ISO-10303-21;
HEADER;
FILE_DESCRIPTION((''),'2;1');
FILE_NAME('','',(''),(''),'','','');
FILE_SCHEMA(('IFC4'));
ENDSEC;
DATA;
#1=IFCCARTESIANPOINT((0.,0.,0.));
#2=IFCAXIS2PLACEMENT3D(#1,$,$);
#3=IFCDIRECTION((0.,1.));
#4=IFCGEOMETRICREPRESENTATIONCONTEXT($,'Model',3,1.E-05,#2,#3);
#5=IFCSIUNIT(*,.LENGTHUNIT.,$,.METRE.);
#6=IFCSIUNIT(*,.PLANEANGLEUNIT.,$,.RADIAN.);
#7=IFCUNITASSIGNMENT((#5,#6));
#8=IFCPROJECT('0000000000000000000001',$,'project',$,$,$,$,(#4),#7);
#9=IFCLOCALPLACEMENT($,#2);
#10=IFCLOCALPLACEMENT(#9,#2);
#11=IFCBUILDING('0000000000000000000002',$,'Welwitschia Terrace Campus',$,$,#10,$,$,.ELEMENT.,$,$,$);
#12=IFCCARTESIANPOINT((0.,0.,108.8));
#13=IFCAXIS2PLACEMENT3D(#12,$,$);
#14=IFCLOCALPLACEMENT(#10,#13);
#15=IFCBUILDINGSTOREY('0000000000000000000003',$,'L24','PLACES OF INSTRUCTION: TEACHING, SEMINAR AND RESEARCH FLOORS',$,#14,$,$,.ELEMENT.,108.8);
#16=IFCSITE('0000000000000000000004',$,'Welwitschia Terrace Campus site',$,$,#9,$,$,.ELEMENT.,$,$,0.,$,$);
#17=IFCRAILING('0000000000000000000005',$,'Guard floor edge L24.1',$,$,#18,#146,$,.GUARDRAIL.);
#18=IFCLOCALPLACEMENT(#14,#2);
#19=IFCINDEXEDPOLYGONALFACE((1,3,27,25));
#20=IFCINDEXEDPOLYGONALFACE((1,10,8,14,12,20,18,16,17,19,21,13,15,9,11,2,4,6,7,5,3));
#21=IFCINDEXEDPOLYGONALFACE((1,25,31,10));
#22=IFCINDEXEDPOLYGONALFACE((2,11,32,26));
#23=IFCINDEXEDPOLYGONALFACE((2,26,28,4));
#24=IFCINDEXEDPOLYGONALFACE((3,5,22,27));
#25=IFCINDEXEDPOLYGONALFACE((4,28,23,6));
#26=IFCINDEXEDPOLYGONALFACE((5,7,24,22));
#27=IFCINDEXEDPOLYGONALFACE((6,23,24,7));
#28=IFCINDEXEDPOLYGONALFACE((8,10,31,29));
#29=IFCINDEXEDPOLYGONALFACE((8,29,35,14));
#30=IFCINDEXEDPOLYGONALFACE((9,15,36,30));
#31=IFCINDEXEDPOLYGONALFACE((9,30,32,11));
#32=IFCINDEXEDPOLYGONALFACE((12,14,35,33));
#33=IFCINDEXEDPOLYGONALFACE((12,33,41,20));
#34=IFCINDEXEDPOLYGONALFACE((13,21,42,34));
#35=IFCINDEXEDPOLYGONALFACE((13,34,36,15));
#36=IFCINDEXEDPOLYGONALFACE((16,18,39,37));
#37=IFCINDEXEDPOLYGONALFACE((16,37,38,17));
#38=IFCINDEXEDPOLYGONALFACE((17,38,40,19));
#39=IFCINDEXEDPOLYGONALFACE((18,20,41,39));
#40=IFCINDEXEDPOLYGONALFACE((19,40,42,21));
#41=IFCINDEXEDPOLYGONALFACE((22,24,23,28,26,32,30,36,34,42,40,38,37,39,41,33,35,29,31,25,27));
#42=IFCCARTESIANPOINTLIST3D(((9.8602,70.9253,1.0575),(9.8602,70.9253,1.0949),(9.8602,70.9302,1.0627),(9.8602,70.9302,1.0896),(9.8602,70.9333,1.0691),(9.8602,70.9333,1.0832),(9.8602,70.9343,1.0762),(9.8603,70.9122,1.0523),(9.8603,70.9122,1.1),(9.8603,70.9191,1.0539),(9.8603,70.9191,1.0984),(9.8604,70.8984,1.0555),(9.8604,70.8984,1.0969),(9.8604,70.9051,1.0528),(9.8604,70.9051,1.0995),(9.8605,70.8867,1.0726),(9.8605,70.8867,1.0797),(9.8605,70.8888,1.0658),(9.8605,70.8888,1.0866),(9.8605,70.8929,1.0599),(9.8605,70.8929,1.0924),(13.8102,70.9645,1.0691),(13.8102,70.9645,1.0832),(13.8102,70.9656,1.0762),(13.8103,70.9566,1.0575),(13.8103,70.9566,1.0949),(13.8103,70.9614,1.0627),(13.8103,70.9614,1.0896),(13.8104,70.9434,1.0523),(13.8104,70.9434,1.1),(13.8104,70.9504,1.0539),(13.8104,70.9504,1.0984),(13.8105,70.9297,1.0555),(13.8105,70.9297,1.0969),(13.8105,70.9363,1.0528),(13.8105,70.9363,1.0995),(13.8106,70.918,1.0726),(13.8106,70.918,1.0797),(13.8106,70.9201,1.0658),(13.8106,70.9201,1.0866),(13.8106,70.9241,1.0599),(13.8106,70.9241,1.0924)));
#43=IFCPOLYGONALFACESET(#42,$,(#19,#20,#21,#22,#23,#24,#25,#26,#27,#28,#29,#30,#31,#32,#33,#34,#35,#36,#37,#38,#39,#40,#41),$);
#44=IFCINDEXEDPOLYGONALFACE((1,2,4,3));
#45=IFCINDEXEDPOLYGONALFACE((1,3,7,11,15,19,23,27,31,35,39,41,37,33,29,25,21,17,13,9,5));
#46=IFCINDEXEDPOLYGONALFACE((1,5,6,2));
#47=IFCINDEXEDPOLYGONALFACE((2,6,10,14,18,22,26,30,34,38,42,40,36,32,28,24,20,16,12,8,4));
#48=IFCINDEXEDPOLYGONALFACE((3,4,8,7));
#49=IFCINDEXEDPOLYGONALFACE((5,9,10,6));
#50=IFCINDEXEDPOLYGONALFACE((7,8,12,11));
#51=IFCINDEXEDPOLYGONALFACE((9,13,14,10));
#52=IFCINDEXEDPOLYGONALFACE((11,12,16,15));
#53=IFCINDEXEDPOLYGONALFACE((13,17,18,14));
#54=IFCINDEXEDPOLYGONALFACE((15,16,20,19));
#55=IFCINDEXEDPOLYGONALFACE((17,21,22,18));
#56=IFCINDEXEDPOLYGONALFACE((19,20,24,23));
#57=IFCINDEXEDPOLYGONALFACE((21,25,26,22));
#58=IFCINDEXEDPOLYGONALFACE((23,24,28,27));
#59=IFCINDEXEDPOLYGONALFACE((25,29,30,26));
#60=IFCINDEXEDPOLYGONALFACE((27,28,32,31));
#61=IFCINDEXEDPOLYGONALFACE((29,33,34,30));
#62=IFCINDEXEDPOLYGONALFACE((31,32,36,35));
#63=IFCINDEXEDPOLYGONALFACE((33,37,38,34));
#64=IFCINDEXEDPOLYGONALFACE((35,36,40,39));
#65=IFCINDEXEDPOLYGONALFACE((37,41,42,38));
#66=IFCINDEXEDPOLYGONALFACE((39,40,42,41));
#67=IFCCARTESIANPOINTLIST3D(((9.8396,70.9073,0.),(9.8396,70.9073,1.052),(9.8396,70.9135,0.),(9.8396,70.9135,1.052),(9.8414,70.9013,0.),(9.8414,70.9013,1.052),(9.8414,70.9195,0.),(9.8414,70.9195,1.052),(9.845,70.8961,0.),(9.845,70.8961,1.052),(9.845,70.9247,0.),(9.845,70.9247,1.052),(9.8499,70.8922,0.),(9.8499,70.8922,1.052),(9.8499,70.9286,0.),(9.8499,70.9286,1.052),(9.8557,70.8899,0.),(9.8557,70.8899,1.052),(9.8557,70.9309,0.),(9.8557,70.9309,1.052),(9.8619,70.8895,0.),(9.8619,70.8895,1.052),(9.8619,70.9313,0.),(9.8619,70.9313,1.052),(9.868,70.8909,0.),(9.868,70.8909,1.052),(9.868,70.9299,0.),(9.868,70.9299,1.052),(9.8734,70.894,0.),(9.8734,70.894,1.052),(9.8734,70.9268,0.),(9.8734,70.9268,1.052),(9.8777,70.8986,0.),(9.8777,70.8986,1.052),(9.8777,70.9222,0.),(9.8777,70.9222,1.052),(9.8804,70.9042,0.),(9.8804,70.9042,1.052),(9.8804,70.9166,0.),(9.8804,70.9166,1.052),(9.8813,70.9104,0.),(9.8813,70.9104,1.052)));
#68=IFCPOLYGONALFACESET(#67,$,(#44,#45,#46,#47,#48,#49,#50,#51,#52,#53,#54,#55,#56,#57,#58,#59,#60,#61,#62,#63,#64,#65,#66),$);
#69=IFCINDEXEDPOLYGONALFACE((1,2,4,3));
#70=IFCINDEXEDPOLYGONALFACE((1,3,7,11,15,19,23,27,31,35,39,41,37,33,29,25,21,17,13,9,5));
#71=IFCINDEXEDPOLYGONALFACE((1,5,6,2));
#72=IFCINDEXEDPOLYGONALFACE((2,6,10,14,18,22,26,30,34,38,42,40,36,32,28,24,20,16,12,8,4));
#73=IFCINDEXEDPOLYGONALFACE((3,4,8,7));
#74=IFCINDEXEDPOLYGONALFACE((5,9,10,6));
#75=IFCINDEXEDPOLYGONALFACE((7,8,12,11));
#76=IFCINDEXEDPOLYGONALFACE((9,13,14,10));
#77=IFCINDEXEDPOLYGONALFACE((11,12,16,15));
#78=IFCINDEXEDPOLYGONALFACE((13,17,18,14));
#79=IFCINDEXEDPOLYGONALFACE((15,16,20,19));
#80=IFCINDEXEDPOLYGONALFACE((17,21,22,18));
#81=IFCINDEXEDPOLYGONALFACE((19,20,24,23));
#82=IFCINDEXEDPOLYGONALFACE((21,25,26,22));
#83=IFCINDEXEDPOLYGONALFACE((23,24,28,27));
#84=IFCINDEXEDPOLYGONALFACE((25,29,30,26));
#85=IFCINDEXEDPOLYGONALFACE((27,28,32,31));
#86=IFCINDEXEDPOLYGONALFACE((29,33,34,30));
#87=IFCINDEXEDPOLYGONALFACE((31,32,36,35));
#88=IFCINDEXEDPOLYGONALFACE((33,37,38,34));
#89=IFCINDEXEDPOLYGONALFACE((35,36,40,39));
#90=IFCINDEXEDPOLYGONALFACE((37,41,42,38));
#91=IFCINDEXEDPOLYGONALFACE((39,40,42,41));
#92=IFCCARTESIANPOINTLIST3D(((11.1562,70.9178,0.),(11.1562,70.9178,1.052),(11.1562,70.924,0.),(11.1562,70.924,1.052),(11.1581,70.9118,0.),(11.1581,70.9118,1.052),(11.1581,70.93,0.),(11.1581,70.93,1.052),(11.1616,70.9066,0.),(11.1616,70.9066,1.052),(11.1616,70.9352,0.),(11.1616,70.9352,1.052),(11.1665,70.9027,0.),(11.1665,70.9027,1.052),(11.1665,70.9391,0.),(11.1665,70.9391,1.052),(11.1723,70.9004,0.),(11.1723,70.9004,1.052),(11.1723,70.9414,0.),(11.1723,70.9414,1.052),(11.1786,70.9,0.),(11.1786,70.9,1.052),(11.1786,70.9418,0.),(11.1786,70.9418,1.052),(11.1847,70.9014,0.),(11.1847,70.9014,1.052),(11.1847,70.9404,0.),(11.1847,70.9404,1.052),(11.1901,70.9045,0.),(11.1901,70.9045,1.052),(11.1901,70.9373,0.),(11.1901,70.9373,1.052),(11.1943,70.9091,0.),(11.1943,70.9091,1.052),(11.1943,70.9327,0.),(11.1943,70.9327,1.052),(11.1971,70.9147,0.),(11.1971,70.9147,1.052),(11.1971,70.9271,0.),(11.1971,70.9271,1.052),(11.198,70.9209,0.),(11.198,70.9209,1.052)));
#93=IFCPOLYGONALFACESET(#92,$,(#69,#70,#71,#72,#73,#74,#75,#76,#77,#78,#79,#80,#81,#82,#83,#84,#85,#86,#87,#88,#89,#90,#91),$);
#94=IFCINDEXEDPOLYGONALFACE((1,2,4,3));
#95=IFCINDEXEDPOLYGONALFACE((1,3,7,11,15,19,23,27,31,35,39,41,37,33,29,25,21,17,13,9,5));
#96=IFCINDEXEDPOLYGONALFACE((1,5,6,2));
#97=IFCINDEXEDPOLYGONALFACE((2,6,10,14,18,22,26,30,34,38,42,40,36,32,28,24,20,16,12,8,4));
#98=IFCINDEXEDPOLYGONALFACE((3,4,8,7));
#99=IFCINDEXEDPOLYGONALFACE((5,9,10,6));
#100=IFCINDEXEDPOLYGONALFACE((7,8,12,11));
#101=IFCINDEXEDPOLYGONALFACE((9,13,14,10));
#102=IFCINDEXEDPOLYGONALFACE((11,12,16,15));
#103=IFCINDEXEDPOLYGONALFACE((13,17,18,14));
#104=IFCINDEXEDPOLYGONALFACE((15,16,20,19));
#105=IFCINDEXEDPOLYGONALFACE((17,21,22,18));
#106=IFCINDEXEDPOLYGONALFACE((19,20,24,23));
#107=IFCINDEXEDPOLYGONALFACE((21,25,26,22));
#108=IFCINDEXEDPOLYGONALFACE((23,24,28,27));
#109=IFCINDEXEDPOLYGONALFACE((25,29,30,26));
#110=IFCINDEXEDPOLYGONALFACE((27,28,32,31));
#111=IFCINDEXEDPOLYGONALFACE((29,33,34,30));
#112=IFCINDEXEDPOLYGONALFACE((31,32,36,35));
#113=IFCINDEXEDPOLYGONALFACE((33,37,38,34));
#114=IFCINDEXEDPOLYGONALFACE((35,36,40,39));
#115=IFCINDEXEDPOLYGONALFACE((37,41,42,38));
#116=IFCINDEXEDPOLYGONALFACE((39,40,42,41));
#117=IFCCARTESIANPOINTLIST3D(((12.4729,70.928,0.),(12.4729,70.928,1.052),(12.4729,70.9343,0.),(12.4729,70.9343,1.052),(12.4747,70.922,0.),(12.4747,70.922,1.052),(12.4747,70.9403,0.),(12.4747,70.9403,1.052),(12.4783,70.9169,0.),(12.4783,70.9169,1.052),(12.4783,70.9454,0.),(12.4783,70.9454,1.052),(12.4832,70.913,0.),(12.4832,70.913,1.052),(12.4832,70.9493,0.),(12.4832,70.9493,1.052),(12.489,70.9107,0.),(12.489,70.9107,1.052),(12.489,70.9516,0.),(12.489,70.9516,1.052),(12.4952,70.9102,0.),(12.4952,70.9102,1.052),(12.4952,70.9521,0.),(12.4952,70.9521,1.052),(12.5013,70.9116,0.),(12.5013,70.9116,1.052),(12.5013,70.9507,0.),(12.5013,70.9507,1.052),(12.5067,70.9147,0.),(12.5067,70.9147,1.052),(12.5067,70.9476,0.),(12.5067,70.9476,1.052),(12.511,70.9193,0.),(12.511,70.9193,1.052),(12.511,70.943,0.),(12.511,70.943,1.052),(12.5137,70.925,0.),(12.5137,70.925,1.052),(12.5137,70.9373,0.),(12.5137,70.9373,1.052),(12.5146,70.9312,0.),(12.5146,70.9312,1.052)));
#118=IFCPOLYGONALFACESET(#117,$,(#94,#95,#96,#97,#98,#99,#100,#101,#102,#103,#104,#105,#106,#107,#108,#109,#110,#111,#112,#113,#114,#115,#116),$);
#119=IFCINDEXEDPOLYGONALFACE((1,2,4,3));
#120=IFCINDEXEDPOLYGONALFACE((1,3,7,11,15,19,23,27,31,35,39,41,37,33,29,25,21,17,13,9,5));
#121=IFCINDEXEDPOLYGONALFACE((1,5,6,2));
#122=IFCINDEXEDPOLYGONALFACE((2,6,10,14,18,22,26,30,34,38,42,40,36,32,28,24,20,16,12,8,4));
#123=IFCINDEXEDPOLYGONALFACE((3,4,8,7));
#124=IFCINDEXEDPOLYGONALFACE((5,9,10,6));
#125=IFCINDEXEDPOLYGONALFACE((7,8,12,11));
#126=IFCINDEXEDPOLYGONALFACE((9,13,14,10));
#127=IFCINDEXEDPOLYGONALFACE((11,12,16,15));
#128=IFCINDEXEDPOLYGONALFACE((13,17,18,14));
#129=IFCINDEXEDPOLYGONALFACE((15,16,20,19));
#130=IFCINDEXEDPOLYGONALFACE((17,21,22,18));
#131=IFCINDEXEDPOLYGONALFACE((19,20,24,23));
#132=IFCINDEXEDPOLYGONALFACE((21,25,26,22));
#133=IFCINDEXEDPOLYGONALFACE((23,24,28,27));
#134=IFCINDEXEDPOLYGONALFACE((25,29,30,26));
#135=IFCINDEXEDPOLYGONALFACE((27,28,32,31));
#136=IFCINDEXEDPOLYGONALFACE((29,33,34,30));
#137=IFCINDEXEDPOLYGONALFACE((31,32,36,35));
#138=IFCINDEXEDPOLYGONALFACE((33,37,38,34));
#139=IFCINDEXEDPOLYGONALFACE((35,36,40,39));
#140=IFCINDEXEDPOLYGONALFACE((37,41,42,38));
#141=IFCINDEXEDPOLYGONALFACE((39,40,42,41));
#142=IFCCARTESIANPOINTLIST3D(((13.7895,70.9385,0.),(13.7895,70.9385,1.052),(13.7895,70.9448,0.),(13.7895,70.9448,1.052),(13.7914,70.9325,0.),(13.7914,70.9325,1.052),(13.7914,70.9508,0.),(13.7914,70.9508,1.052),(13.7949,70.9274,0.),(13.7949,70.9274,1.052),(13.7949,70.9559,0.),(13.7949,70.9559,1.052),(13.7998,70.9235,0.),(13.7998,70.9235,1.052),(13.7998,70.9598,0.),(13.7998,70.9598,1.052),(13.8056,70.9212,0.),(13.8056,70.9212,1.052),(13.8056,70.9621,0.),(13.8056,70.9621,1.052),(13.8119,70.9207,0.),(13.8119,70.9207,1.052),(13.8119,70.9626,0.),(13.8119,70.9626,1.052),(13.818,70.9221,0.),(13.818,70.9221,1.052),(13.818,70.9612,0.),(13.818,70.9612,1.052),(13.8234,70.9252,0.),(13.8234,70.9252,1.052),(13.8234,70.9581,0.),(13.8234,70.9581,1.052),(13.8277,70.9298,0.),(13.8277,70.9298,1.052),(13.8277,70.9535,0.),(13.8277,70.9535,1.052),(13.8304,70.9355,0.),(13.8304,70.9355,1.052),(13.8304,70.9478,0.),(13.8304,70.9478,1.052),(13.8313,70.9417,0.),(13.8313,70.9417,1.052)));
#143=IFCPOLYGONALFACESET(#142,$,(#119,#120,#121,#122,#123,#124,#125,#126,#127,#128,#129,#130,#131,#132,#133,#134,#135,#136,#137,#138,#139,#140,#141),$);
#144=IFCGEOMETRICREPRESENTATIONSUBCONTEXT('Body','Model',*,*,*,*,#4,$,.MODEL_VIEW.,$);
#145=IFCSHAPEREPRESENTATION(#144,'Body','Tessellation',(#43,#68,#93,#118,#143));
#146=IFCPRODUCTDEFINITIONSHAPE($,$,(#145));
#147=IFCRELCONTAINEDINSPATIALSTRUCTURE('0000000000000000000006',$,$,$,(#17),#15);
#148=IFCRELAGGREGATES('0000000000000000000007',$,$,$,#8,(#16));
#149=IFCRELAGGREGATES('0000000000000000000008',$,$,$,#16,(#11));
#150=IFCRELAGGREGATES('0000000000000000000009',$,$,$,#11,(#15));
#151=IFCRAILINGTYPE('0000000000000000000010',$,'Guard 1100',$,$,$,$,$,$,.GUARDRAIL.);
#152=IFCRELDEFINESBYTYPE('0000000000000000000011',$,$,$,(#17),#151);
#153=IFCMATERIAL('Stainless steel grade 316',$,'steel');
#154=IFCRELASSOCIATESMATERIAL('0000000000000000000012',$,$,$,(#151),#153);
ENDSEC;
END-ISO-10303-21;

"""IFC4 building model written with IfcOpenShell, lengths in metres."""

from ifc_helpers import new_model, si_unit, direction, frame, origin, origin_2d, place, context, subcontext, project, spatial, circle, extrude, material, type_object, element, save


model = new_model("IFC4")

# Units and contexts
model_context = context("Model", 3, precision=1e-05, world=origin(), true_north=direction((0.0, 1.0)))
body_context = subcontext(model_context, "Body", "Model", "MODEL_VIEW")
ifc_project = project(units=[si_unit("LENGTHUNIT", "METRE"), si_unit("PLANEANGLEUNIT", "RADIAN")], contexts=[model_context])

# Site, building, storey
site_placement = place(None, origin())
site = spatial("IfcSite", under=ifc_project, at=site_placement, Name="Welwitschia Terrace Campus site", CompositionType="ELEMENT", RefElevation=0.0)
building_placement = place(site_placement, origin())
building = spatial("IfcBuilding", under=site, at=building_placement, Name="Welwitschia Terrace Campus", CompositionType="ELEMENT")
storey_placement = place(building_placement, frame((0.0, 0.0, 108.8)))
storey = spatial("IfcBuildingStorey", under=building, at=storey_placement, Name="L24", Description="PLACES OF INSTRUCTION: TEACHING, SEMINAR AND RESEARCH FLOORS", CompositionType="ELEMENT", Elevation=108.8)

# Railing
ifc_material_1 = material(Name="Stainless steel grade 316", Category="steel")
railing_type = type_object("IfcRailingType", Name="Guard 1100", PredefinedType="GUARDRAIL", material=ifc_material_1)
railing_1_placement = place(storey_placement, frame((9.8604, 70.9104, 0.0)))
element("IfcRailing", 1, at=railing_1_placement, inside=storey, type_object=railing_type, Name="Guard floor edge L24.1", PredefinedType="GUARDRAIL", context=body_context, shape_type="SweptSolid", body=[
    extrude(circle(Radius=0.0239, at=origin_2d()), frame((0.0, 0.0, 1.0762), z_axis=(0.999969, 0.007911, 0.0), x_axis=(-0.007911, 0.999969, 0.0)), (0.0, 0.0, 1.0), 3.9502),
    extrude(circle(Radius=0.021, at=origin_2d()), origin(), (0.0, 0.0, 1.0), 1.052),
    extrude(circle(Radius=0.021, at=origin_2d()), frame((1.3167, 0.0105, 0.0)), (0.0, 0.0, 1.0), 1.052),
    extrude(circle(Radius=0.021, at=origin_2d()), frame((2.6333, 0.0208, 0.0)), (0.0, 0.0, 1.0), 1.052),
    extrude(circle(Radius=0.021, at=origin_2d()), frame((3.95, 0.0312, 0.0)), (0.0, 0.0, 1.0), 1.052),
])

save(model, "model.ifc")
